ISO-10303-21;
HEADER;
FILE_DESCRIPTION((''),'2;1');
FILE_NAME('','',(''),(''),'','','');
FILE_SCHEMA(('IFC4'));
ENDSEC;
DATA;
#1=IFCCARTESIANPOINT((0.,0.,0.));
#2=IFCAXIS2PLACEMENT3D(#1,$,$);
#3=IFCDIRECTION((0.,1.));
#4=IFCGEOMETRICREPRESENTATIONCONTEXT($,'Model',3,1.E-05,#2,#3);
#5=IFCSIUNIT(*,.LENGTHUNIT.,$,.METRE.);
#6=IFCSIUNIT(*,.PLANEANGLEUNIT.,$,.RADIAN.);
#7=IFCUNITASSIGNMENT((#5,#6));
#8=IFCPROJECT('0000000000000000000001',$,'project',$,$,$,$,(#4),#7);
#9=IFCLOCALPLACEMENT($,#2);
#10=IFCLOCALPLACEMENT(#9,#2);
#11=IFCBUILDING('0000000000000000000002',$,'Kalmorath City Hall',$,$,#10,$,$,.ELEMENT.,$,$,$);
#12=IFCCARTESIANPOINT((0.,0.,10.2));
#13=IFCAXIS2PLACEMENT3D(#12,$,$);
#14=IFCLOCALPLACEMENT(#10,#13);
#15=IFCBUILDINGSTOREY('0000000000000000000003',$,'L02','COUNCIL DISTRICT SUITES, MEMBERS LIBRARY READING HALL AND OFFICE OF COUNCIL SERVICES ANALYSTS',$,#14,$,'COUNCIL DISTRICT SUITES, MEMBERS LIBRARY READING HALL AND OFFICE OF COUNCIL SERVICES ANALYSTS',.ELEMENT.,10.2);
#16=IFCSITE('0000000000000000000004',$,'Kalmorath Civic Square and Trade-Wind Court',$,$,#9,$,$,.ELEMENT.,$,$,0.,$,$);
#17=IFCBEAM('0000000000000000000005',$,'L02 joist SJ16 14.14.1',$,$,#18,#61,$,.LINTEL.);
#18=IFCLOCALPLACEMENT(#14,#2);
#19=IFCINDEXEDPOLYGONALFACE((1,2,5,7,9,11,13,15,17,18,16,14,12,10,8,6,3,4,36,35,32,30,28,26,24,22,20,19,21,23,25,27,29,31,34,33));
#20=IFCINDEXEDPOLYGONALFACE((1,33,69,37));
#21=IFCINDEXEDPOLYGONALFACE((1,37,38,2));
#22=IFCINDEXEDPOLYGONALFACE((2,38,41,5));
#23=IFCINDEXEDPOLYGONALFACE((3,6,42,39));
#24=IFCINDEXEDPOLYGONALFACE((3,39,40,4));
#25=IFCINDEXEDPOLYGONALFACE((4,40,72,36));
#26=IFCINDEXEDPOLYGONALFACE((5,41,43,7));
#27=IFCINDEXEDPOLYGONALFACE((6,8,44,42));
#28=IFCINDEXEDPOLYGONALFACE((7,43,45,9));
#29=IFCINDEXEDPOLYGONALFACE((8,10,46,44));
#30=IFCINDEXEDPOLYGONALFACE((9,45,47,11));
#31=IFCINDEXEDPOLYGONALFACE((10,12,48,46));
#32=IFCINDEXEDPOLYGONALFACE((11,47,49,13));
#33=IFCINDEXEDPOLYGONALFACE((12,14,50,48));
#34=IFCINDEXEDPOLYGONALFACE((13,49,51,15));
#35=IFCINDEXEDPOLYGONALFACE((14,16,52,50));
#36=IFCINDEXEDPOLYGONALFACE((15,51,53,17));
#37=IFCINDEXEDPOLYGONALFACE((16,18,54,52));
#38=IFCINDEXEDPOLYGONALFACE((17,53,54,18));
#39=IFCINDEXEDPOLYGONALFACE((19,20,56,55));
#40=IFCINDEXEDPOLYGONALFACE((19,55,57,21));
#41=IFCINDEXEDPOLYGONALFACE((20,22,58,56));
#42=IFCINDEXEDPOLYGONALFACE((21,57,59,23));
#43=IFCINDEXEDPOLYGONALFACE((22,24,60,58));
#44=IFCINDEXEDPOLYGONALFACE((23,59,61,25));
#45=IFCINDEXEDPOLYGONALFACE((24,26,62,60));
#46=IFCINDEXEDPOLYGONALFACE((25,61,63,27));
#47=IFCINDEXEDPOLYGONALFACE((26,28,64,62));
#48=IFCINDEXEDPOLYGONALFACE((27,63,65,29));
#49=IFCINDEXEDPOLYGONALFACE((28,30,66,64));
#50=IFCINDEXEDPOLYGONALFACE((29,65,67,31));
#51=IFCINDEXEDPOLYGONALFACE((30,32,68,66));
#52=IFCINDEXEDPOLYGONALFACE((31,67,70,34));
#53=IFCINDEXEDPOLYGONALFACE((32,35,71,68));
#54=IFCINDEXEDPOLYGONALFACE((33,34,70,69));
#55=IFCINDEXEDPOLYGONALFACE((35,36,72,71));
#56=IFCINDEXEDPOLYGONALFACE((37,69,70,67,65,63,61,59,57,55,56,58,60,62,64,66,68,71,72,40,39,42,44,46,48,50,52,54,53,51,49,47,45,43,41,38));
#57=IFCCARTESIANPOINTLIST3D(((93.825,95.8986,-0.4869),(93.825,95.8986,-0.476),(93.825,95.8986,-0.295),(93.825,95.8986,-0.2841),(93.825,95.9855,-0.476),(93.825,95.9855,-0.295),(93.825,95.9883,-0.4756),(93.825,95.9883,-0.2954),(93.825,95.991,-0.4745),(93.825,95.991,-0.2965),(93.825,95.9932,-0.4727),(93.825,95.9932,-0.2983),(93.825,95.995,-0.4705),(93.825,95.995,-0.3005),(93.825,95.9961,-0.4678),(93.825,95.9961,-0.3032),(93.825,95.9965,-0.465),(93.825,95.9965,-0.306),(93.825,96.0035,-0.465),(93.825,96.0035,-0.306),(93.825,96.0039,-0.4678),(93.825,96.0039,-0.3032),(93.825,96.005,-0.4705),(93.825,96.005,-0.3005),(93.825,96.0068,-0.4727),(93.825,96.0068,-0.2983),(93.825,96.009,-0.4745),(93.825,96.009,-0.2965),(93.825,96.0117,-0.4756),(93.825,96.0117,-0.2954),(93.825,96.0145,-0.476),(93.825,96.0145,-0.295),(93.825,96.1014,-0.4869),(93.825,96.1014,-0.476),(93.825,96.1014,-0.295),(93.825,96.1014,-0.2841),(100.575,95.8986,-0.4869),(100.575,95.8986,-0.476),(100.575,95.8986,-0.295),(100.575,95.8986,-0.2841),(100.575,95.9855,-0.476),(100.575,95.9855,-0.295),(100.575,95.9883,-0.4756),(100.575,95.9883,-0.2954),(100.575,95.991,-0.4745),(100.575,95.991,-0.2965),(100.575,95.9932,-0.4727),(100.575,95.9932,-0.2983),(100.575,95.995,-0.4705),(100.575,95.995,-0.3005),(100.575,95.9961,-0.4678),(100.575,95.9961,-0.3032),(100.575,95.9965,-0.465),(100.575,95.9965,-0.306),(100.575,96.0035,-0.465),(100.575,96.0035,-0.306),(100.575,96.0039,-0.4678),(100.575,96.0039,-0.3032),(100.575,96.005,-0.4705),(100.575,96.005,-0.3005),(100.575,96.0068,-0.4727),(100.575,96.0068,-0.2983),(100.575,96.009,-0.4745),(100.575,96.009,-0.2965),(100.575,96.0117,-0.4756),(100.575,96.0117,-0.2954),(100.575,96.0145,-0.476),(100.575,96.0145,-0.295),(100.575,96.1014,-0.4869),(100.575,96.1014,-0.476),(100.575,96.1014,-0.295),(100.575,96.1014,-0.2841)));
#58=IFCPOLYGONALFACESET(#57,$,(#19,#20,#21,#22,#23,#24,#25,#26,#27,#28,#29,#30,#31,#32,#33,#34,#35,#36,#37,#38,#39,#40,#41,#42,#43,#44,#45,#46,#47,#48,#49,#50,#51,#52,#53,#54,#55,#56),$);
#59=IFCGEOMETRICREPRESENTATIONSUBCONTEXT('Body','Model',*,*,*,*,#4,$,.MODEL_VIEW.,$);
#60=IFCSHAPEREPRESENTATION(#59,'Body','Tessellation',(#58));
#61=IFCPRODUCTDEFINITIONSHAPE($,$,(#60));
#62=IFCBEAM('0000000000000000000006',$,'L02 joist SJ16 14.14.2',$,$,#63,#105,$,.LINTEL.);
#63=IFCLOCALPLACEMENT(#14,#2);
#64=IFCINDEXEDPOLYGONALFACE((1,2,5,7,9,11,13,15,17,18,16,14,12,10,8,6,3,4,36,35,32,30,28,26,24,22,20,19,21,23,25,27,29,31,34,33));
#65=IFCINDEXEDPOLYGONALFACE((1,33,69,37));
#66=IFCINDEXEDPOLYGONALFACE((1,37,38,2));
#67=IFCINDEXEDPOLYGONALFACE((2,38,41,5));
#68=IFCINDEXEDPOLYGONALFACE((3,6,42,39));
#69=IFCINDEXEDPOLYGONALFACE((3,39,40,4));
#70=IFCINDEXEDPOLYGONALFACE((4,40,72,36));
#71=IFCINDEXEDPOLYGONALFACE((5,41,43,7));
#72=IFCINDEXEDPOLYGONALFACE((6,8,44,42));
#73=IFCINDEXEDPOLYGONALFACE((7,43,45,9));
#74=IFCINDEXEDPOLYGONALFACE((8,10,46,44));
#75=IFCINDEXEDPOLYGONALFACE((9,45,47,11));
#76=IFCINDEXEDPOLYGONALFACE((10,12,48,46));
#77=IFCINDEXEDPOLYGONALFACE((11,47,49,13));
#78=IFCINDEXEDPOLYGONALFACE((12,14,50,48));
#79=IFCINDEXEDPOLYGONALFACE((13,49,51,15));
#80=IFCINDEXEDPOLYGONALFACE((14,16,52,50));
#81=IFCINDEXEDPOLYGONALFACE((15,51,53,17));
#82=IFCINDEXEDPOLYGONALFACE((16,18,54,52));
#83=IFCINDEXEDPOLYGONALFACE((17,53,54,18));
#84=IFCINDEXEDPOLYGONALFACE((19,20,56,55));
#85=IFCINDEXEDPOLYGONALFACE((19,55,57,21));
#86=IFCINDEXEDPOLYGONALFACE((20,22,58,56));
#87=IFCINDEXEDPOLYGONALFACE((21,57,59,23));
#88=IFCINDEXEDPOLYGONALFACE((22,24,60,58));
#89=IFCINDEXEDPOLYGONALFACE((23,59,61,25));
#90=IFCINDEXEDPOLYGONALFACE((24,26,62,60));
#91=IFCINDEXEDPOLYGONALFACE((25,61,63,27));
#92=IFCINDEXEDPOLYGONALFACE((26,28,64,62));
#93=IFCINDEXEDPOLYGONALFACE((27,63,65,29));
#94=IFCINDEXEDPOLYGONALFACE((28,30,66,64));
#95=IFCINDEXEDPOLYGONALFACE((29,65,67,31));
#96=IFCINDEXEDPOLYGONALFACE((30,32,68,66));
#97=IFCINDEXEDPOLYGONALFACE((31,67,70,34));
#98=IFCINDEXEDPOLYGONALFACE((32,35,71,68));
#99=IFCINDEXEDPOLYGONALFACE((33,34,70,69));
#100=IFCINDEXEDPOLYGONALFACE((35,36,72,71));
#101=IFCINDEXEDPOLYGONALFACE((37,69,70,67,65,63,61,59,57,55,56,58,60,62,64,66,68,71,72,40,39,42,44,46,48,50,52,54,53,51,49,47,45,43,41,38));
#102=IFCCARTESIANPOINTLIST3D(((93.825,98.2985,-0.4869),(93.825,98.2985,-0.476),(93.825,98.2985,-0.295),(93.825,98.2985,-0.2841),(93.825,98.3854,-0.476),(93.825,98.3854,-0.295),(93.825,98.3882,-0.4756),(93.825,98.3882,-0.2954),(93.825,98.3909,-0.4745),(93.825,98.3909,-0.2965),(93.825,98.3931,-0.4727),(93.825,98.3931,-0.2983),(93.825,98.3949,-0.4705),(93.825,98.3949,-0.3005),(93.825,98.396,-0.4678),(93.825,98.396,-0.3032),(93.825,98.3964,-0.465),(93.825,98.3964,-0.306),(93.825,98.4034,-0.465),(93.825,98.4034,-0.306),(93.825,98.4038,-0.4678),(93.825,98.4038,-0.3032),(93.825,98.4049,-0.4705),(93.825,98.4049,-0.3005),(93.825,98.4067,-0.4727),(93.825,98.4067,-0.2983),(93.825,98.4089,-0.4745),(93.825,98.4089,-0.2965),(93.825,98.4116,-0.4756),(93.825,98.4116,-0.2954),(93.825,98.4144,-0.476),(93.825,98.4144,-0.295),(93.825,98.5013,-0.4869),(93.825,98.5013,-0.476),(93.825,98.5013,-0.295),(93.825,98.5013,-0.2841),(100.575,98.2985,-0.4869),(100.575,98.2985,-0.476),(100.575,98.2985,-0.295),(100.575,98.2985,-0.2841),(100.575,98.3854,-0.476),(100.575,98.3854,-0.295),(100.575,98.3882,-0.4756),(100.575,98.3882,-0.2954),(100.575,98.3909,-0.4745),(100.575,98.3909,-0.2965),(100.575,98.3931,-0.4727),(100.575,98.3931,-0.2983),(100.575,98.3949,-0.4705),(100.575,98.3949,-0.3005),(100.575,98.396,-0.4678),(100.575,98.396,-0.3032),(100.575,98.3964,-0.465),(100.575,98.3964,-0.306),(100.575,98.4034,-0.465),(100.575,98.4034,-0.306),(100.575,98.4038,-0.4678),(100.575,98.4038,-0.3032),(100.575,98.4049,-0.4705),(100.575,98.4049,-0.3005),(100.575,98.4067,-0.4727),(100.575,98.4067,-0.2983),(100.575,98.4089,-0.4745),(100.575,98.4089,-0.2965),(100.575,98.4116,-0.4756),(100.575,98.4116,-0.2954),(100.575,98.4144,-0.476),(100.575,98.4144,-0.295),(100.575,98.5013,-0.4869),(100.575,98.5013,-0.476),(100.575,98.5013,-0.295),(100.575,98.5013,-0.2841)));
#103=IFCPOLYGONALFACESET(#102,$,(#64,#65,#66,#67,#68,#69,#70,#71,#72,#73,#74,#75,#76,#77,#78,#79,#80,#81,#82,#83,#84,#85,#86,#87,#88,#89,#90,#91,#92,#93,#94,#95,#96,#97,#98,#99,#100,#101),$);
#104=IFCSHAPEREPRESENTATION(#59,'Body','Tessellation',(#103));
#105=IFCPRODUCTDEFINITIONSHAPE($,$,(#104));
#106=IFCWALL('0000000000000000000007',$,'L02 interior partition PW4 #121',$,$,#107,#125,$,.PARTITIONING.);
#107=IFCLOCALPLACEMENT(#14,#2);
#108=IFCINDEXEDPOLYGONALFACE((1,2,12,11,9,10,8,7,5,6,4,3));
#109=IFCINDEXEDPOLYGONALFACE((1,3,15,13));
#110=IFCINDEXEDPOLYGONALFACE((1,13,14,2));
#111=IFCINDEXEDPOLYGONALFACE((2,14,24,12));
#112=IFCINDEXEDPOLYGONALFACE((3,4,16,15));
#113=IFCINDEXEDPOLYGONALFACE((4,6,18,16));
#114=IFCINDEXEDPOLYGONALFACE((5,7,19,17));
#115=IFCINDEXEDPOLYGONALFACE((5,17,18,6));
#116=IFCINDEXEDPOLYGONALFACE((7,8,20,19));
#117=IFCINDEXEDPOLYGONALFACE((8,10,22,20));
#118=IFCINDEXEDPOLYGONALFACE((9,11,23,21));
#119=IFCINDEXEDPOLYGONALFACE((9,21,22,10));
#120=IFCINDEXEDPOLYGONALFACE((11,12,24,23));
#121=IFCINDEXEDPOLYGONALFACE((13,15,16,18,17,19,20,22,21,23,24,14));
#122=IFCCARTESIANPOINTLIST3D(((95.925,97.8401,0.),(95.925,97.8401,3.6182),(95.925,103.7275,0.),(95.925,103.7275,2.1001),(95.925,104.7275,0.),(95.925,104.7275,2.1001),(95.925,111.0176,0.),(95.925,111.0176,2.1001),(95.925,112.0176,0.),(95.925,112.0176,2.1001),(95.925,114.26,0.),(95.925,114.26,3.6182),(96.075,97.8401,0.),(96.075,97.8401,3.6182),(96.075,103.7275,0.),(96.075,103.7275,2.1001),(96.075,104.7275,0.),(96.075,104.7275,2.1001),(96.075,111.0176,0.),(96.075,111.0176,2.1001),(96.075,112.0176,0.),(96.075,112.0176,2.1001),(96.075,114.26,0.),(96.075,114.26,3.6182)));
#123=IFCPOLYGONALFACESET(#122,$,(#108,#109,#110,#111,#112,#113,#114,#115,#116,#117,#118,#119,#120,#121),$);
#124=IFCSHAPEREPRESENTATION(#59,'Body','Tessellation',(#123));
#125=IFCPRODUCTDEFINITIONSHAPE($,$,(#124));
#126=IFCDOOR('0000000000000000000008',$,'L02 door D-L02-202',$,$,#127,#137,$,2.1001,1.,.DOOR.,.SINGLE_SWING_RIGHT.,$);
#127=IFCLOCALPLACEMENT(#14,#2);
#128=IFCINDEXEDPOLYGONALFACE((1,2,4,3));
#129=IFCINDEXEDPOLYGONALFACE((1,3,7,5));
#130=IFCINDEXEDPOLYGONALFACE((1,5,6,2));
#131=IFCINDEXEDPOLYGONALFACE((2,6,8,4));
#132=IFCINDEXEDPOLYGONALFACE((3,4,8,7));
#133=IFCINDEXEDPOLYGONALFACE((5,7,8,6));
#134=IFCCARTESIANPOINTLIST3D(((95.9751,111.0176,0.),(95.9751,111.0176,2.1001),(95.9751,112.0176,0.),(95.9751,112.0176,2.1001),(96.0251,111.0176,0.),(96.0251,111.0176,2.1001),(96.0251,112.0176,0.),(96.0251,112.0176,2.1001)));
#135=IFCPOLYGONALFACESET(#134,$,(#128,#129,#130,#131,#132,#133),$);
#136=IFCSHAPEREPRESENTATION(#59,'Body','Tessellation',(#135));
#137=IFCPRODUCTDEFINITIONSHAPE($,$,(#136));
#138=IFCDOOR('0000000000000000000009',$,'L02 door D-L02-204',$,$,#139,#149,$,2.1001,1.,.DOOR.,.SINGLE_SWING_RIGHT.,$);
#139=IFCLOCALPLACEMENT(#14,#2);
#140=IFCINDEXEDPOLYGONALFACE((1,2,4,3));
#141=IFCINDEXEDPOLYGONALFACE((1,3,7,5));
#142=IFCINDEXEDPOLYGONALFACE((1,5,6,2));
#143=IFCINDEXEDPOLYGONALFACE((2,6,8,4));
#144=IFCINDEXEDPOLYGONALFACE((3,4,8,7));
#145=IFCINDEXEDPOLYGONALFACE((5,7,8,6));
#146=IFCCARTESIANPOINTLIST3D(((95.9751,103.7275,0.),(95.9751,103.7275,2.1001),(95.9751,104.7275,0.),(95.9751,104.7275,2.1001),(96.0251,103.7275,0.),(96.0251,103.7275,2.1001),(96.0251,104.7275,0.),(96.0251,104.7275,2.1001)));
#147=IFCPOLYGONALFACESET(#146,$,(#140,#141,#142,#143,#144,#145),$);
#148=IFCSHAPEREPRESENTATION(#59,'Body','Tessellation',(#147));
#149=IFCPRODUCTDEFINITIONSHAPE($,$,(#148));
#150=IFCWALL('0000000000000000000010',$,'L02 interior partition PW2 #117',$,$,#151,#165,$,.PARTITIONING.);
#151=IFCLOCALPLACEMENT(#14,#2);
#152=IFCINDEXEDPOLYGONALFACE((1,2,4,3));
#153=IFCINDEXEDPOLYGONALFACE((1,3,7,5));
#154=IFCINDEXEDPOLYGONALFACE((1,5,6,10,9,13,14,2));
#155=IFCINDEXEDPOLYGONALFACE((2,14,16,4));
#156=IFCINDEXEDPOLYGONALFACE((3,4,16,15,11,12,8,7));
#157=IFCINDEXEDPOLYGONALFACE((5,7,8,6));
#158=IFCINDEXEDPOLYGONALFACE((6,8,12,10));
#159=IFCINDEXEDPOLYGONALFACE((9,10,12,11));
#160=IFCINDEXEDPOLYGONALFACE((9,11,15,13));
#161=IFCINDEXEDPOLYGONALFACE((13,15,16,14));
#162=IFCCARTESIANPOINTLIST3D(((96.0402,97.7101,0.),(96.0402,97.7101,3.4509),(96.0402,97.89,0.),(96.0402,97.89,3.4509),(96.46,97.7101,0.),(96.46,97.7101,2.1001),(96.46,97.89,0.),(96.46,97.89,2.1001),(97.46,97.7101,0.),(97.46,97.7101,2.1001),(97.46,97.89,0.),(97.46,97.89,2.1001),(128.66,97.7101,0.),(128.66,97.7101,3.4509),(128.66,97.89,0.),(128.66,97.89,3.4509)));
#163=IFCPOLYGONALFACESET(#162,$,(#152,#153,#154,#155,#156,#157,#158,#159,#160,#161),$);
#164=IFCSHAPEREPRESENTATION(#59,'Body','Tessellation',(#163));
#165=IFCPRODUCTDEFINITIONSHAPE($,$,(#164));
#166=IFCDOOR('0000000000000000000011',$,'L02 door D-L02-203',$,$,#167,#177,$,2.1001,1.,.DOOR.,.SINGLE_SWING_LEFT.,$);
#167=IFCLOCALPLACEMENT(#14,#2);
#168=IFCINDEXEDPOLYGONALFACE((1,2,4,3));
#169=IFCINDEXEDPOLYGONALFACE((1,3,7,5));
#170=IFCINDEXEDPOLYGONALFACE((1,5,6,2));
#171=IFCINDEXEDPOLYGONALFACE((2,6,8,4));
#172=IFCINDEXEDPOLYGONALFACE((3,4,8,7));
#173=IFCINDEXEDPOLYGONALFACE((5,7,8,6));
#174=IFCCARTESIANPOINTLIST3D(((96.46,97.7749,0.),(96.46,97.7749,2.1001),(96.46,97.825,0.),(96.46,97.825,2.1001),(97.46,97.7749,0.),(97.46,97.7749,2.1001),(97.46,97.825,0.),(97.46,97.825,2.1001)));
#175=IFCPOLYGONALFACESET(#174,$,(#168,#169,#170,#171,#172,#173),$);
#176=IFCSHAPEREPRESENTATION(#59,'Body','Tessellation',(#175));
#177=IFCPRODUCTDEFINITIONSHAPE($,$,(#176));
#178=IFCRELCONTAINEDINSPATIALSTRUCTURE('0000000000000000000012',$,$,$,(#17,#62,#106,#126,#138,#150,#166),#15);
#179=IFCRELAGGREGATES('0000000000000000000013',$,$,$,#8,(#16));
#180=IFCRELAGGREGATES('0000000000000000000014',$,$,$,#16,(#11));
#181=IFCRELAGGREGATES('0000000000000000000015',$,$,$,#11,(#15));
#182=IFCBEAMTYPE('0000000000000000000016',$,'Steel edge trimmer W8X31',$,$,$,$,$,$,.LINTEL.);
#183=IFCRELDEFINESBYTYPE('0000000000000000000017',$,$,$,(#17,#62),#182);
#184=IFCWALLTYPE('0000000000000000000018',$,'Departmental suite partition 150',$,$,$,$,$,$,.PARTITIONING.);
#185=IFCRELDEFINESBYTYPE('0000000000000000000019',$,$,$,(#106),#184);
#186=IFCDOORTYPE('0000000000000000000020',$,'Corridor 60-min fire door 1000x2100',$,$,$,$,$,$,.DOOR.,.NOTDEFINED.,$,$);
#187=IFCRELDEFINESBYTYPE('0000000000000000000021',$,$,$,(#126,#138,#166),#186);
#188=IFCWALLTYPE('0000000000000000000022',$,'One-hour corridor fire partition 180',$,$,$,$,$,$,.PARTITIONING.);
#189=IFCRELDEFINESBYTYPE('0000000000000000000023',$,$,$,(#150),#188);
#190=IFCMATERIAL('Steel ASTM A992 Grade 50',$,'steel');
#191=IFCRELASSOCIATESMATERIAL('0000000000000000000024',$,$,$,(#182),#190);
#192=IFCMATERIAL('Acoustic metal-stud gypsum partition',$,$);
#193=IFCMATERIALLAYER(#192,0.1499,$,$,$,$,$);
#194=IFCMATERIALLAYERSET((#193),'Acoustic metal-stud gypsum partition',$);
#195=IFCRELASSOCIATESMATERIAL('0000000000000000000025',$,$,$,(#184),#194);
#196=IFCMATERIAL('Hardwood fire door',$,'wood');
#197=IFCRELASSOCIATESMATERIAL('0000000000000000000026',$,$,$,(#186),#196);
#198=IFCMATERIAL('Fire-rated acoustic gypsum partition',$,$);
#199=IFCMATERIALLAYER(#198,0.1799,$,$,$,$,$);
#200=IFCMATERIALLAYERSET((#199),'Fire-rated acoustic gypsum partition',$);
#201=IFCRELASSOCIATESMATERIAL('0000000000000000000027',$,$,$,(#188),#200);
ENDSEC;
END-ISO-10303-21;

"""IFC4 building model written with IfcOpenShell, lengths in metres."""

from ifc_helpers import new_model, si_unit, direction, frame, frame_2d, origin, origin_2d, place, context, subcontext, project, spatial, rectangle, i_section, extrude, material, layer, layer_set, material_profile, profile_set, type_object, element, fill, save


model = new_model("IFC4")

# Units and contexts
model_context = context("Model", 3, precision=1e-05, world=origin(), true_north=direction((0.0, 1.0)))
body_context = subcontext(model_context, "Body", "Model", "MODEL_VIEW")
ifc_project = project(units=[si_unit("LENGTHUNIT", "METRE"), si_unit("PLANEANGLEUNIT", "RADIAN")], contexts=[model_context])

# Site, building, storey
site_placement = place(None, origin())
site = spatial("IfcSite", under=ifc_project, at=site_placement, Name="Kalmorath Civic Square and Trade-Wind Court", CompositionType="ELEMENT", RefElevation=0.0)
building_placement = place(site_placement, origin())
building = spatial("IfcBuilding", under=site, at=building_placement, Name="Kalmorath City Hall", CompositionType="ELEMENT")
storey_placement = place(building_placement, frame((0.0, 0.0, 10.2)))
storey = spatial("IfcBuildingStorey", under=building, at=storey_placement, Name="L02", Description="COUNCIL DISTRICT SUITES, MEMBERS LIBRARY READING HALL AND OFFICE OF COUNCIL SERVICES ANALYSTS", LongName="COUNCIL DISTRICT SUITES, MEMBERS LIBRARY READING HALL AND OFFICE OF COUNCIL SERVICES ANALYSTS", CompositionType="ELEMENT", Elevation=10.2)

# Beams
ifc_material_1 = material(Name="Steel ASTM A992 Grade 50", Category="steel")
ifc_material_profile_1 = material_profile(ifc_material_1, i_section(OverallWidth=0.2029, OverallDepth=0.2029, WebThickness=0.0071, FlangeThickness=0.011, FilletRadius=0.011, at=origin_2d()), Name="W8X31")
ifc_profile_set_1 = profile_set([ifc_material_profile_1], Name="Steel ASTM A992 Grade 50")
beam_type_1 = type_object("IfcBeamType", Name="Steel edge trimmer W8X31", PredefinedType="LINTEL", material=ifc_profile_set_1)
for number, where, z_axis, x_axis, name in (
    (1, (93.825, 96.0, -0.3855), (1.0, 0.0, 0.0), (0.0, 1.0, 0.0), "L02 joist SJ16 14.14.1"),
    (2, (93.825, 98.3999, -0.3855), (1.0, 0.0, 0.0), (0.0, 1.0, 0.0), "L02 joist SJ16 14.14.2"),
):
    element("IfcBeam", number, at=place(storey_placement, frame(where, z_axis=z_axis, x_axis=x_axis)), inside=storey, type_object=beam_type_1, Name=name, PredefinedType="LINTEL", context=body_context, shape_type="SweptSolid", body=[
        extrude(i_section(OverallWidth=0.2029, OverallDepth=0.2029, WebThickness=0.0071, FlangeThickness=0.011, FilletRadius=0.011, at=origin_2d()), origin(), (0.0, 0.0, 1.0), 6.75),
    ])

# Wall, openings, doors
ifc_material_2 = material(Name="Acoustic metal-stud gypsum partition")
ifc_layer_1 = layer(ifc_material_2, 0.1499)
ifc_layer_set_1 = layer_set([ifc_layer_1], Name="Acoustic metal-stud gypsum partition")
wall_type_1 = type_object("IfcWallType", Name="Departmental suite partition 150", PredefinedType="PARTITIONING", material=ifc_layer_set_1)
wall_1_placement = place(storey_placement, frame((96.0, 97.8401, 0.0), z_axis=(0.0, 0.0, 1.0), x_axis=(0.0, 1.0, 0.0)))
wall_1 = element("IfcWall", 3, at=wall_1_placement, inside=storey, type_object=wall_type_1, Name="L02 interior partition PW4 #121", PredefinedType="PARTITIONING", context=body_context, shape_type="SweptSolid", body=[
    extrude(rectangle(XDim=16.4199, YDim=0.1499, at=frame_2d((8.21, 0.0))), origin(), (0.0, 0.0, 1.0), 3.6182),
])
opening_1_placement = place(wall_1_placement, frame((13.1775, 0.0, 0.0)))
opening_1 = element("IfcOpeningElement", 4, at=opening_1_placement, cuts=wall_1, PredefinedType="OPENING", context=body_context, shape_type="SweptSolid", body=[
    extrude(rectangle(XDim=1.0, YDim=2.1001, at=frame_2d((0.5, 1.05))), frame((0.0, 0.085, 0.0), z_axis=(0.0, -1.0, 0.0), x_axis=(1.0, 0.0, 0.0)), (0.0, 0.0, 1.0), 0.1699),
])
opening_2_placement = place(wall_1_placement, frame((5.8875, 0.0, 0.0)))
opening_2 = element("IfcOpeningElement", 5, at=opening_2_placement, cuts=wall_1, PredefinedType="OPENING", context=body_context, shape_type="SweptSolid", body=[
    extrude(rectangle(XDim=1.0, YDim=2.1001, at=frame_2d((0.5, 1.05))), frame((0.0, 0.085, 0.0), z_axis=(0.0, -1.0, 0.0), x_axis=(1.0, 0.0, 0.0)), (0.0, 0.0, 1.0), 0.1699),
])
ifc_material_3 = material(Name="Hardwood fire door", Category="wood")
door_type = type_object("IfcDoorType", Name="Corridor 60-min fire door 1000x2100", OperationType="NOTDEFINED", PredefinedType="DOOR", material=ifc_material_3)
door_1_placement = place(opening_1_placement, origin())
door_1 = element("IfcDoor", 6, at=door_1_placement, inside=storey, type_object=door_type, Name="L02 door D-L02-202", OperationType="SINGLE_SWING_RIGHT", OverallHeight=2.1001, OverallWidth=1.0, PredefinedType="DOOR", context=body_context, shape_type="SweptSolid", body=[
    extrude(rectangle(XDim=1.0, YDim=2.1001, at=frame_2d((0.5, 1.05))), frame((0.0, 0.0249, 0.0), z_axis=(0.0, -1.0, 0.0), x_axis=(1.0, 0.0, 0.0)), (0.0, 0.0, 1.0), 0.05),
])
fill(opening_1, door_1)
door_2_placement = place(opening_2_placement, origin())
door_2 = element("IfcDoor", 7, at=door_2_placement, inside=storey, type_object=door_type, Name="L02 door D-L02-204", OperationType="SINGLE_SWING_RIGHT", OverallHeight=2.1001, OverallWidth=1.0, PredefinedType="DOOR", context=body_context, shape_type="SweptSolid", body=[
    extrude(rectangle(XDim=1.0, YDim=2.1001, at=frame_2d((0.5, 1.05))), frame((0.0, 0.0249, 0.0), z_axis=(0.0, -1.0, 0.0), x_axis=(1.0, 0.0, 0.0)), (0.0, 0.0, 1.0), 0.05),
])
fill(opening_2, door_2)

# Wall, opening, door
ifc_material_4 = material(Name="Fire-rated acoustic gypsum partition")
ifc_layer_2 = layer(ifc_material_4, 0.1799)
ifc_layer_set_2 = layer_set([ifc_layer_2], Name="Fire-rated acoustic gypsum partition")
wall_type_2 = type_object("IfcWallType", Name="One-hour corridor fire partition 180", PredefinedType="PARTITIONING", material=ifc_layer_set_2)
wall_2_placement = place(storey_placement, frame((96.04, 97.8, 0.0), z_axis=(0.0, 0.0, 1.0), x_axis=(1.0, 0.0, 0.0)))
wall_2 = element("IfcWall", 8, at=wall_2_placement, inside=storey, type_object=wall_type_2, Name="L02 interior partition PW2 #117", PredefinedType="PARTITIONING", context=body_context, shape_type="SweptSolid", body=[
    extrude(rectangle(XDim=32.6199, YDim=0.1799, at=frame_2d((16.3101, 0.0))), origin(), (0.0, 0.0, 1.0), 3.4509),
])
opening_3_placement = place(wall_2_placement, frame((0.4199, 0.0, 0.0)))
opening_3 = element("IfcOpeningElement", 9, at=opening_3_placement, cuts=wall_2, PredefinedType="OPENING", context=body_context, shape_type="SweptSolid", body=[
    extrude(rectangle(XDim=1.0, YDim=2.1001, at=frame_2d((0.5, 1.05))), frame((0.0, 0.0999, 0.0), z_axis=(0.0, -1.0, 0.0), x_axis=(1.0, 0.0, 0.0)), (0.0, 0.0, 1.0), 0.2),
])
door_3_placement = place(opening_3_placement, origin())
door_3 = element("IfcDoor", 10, at=door_3_placement, inside=storey, type_object=door_type, Name="L02 door D-L02-203", OperationType="SINGLE_SWING_LEFT", OverallHeight=2.1001, OverallWidth=1.0, PredefinedType="DOOR", context=body_context, shape_type="SweptSolid", body=[
    extrude(rectangle(XDim=1.0, YDim=2.1001, at=frame_2d((0.5, 1.05))), frame((0.0, 0.0249, 0.0), z_axis=(0.0, -1.0, 0.0), x_axis=(1.0, 0.0, 0.0)), (0.0, 0.0, 1.0), 0.05),
])
fill(opening_3, door_3)

save(model, "model.ifc")
